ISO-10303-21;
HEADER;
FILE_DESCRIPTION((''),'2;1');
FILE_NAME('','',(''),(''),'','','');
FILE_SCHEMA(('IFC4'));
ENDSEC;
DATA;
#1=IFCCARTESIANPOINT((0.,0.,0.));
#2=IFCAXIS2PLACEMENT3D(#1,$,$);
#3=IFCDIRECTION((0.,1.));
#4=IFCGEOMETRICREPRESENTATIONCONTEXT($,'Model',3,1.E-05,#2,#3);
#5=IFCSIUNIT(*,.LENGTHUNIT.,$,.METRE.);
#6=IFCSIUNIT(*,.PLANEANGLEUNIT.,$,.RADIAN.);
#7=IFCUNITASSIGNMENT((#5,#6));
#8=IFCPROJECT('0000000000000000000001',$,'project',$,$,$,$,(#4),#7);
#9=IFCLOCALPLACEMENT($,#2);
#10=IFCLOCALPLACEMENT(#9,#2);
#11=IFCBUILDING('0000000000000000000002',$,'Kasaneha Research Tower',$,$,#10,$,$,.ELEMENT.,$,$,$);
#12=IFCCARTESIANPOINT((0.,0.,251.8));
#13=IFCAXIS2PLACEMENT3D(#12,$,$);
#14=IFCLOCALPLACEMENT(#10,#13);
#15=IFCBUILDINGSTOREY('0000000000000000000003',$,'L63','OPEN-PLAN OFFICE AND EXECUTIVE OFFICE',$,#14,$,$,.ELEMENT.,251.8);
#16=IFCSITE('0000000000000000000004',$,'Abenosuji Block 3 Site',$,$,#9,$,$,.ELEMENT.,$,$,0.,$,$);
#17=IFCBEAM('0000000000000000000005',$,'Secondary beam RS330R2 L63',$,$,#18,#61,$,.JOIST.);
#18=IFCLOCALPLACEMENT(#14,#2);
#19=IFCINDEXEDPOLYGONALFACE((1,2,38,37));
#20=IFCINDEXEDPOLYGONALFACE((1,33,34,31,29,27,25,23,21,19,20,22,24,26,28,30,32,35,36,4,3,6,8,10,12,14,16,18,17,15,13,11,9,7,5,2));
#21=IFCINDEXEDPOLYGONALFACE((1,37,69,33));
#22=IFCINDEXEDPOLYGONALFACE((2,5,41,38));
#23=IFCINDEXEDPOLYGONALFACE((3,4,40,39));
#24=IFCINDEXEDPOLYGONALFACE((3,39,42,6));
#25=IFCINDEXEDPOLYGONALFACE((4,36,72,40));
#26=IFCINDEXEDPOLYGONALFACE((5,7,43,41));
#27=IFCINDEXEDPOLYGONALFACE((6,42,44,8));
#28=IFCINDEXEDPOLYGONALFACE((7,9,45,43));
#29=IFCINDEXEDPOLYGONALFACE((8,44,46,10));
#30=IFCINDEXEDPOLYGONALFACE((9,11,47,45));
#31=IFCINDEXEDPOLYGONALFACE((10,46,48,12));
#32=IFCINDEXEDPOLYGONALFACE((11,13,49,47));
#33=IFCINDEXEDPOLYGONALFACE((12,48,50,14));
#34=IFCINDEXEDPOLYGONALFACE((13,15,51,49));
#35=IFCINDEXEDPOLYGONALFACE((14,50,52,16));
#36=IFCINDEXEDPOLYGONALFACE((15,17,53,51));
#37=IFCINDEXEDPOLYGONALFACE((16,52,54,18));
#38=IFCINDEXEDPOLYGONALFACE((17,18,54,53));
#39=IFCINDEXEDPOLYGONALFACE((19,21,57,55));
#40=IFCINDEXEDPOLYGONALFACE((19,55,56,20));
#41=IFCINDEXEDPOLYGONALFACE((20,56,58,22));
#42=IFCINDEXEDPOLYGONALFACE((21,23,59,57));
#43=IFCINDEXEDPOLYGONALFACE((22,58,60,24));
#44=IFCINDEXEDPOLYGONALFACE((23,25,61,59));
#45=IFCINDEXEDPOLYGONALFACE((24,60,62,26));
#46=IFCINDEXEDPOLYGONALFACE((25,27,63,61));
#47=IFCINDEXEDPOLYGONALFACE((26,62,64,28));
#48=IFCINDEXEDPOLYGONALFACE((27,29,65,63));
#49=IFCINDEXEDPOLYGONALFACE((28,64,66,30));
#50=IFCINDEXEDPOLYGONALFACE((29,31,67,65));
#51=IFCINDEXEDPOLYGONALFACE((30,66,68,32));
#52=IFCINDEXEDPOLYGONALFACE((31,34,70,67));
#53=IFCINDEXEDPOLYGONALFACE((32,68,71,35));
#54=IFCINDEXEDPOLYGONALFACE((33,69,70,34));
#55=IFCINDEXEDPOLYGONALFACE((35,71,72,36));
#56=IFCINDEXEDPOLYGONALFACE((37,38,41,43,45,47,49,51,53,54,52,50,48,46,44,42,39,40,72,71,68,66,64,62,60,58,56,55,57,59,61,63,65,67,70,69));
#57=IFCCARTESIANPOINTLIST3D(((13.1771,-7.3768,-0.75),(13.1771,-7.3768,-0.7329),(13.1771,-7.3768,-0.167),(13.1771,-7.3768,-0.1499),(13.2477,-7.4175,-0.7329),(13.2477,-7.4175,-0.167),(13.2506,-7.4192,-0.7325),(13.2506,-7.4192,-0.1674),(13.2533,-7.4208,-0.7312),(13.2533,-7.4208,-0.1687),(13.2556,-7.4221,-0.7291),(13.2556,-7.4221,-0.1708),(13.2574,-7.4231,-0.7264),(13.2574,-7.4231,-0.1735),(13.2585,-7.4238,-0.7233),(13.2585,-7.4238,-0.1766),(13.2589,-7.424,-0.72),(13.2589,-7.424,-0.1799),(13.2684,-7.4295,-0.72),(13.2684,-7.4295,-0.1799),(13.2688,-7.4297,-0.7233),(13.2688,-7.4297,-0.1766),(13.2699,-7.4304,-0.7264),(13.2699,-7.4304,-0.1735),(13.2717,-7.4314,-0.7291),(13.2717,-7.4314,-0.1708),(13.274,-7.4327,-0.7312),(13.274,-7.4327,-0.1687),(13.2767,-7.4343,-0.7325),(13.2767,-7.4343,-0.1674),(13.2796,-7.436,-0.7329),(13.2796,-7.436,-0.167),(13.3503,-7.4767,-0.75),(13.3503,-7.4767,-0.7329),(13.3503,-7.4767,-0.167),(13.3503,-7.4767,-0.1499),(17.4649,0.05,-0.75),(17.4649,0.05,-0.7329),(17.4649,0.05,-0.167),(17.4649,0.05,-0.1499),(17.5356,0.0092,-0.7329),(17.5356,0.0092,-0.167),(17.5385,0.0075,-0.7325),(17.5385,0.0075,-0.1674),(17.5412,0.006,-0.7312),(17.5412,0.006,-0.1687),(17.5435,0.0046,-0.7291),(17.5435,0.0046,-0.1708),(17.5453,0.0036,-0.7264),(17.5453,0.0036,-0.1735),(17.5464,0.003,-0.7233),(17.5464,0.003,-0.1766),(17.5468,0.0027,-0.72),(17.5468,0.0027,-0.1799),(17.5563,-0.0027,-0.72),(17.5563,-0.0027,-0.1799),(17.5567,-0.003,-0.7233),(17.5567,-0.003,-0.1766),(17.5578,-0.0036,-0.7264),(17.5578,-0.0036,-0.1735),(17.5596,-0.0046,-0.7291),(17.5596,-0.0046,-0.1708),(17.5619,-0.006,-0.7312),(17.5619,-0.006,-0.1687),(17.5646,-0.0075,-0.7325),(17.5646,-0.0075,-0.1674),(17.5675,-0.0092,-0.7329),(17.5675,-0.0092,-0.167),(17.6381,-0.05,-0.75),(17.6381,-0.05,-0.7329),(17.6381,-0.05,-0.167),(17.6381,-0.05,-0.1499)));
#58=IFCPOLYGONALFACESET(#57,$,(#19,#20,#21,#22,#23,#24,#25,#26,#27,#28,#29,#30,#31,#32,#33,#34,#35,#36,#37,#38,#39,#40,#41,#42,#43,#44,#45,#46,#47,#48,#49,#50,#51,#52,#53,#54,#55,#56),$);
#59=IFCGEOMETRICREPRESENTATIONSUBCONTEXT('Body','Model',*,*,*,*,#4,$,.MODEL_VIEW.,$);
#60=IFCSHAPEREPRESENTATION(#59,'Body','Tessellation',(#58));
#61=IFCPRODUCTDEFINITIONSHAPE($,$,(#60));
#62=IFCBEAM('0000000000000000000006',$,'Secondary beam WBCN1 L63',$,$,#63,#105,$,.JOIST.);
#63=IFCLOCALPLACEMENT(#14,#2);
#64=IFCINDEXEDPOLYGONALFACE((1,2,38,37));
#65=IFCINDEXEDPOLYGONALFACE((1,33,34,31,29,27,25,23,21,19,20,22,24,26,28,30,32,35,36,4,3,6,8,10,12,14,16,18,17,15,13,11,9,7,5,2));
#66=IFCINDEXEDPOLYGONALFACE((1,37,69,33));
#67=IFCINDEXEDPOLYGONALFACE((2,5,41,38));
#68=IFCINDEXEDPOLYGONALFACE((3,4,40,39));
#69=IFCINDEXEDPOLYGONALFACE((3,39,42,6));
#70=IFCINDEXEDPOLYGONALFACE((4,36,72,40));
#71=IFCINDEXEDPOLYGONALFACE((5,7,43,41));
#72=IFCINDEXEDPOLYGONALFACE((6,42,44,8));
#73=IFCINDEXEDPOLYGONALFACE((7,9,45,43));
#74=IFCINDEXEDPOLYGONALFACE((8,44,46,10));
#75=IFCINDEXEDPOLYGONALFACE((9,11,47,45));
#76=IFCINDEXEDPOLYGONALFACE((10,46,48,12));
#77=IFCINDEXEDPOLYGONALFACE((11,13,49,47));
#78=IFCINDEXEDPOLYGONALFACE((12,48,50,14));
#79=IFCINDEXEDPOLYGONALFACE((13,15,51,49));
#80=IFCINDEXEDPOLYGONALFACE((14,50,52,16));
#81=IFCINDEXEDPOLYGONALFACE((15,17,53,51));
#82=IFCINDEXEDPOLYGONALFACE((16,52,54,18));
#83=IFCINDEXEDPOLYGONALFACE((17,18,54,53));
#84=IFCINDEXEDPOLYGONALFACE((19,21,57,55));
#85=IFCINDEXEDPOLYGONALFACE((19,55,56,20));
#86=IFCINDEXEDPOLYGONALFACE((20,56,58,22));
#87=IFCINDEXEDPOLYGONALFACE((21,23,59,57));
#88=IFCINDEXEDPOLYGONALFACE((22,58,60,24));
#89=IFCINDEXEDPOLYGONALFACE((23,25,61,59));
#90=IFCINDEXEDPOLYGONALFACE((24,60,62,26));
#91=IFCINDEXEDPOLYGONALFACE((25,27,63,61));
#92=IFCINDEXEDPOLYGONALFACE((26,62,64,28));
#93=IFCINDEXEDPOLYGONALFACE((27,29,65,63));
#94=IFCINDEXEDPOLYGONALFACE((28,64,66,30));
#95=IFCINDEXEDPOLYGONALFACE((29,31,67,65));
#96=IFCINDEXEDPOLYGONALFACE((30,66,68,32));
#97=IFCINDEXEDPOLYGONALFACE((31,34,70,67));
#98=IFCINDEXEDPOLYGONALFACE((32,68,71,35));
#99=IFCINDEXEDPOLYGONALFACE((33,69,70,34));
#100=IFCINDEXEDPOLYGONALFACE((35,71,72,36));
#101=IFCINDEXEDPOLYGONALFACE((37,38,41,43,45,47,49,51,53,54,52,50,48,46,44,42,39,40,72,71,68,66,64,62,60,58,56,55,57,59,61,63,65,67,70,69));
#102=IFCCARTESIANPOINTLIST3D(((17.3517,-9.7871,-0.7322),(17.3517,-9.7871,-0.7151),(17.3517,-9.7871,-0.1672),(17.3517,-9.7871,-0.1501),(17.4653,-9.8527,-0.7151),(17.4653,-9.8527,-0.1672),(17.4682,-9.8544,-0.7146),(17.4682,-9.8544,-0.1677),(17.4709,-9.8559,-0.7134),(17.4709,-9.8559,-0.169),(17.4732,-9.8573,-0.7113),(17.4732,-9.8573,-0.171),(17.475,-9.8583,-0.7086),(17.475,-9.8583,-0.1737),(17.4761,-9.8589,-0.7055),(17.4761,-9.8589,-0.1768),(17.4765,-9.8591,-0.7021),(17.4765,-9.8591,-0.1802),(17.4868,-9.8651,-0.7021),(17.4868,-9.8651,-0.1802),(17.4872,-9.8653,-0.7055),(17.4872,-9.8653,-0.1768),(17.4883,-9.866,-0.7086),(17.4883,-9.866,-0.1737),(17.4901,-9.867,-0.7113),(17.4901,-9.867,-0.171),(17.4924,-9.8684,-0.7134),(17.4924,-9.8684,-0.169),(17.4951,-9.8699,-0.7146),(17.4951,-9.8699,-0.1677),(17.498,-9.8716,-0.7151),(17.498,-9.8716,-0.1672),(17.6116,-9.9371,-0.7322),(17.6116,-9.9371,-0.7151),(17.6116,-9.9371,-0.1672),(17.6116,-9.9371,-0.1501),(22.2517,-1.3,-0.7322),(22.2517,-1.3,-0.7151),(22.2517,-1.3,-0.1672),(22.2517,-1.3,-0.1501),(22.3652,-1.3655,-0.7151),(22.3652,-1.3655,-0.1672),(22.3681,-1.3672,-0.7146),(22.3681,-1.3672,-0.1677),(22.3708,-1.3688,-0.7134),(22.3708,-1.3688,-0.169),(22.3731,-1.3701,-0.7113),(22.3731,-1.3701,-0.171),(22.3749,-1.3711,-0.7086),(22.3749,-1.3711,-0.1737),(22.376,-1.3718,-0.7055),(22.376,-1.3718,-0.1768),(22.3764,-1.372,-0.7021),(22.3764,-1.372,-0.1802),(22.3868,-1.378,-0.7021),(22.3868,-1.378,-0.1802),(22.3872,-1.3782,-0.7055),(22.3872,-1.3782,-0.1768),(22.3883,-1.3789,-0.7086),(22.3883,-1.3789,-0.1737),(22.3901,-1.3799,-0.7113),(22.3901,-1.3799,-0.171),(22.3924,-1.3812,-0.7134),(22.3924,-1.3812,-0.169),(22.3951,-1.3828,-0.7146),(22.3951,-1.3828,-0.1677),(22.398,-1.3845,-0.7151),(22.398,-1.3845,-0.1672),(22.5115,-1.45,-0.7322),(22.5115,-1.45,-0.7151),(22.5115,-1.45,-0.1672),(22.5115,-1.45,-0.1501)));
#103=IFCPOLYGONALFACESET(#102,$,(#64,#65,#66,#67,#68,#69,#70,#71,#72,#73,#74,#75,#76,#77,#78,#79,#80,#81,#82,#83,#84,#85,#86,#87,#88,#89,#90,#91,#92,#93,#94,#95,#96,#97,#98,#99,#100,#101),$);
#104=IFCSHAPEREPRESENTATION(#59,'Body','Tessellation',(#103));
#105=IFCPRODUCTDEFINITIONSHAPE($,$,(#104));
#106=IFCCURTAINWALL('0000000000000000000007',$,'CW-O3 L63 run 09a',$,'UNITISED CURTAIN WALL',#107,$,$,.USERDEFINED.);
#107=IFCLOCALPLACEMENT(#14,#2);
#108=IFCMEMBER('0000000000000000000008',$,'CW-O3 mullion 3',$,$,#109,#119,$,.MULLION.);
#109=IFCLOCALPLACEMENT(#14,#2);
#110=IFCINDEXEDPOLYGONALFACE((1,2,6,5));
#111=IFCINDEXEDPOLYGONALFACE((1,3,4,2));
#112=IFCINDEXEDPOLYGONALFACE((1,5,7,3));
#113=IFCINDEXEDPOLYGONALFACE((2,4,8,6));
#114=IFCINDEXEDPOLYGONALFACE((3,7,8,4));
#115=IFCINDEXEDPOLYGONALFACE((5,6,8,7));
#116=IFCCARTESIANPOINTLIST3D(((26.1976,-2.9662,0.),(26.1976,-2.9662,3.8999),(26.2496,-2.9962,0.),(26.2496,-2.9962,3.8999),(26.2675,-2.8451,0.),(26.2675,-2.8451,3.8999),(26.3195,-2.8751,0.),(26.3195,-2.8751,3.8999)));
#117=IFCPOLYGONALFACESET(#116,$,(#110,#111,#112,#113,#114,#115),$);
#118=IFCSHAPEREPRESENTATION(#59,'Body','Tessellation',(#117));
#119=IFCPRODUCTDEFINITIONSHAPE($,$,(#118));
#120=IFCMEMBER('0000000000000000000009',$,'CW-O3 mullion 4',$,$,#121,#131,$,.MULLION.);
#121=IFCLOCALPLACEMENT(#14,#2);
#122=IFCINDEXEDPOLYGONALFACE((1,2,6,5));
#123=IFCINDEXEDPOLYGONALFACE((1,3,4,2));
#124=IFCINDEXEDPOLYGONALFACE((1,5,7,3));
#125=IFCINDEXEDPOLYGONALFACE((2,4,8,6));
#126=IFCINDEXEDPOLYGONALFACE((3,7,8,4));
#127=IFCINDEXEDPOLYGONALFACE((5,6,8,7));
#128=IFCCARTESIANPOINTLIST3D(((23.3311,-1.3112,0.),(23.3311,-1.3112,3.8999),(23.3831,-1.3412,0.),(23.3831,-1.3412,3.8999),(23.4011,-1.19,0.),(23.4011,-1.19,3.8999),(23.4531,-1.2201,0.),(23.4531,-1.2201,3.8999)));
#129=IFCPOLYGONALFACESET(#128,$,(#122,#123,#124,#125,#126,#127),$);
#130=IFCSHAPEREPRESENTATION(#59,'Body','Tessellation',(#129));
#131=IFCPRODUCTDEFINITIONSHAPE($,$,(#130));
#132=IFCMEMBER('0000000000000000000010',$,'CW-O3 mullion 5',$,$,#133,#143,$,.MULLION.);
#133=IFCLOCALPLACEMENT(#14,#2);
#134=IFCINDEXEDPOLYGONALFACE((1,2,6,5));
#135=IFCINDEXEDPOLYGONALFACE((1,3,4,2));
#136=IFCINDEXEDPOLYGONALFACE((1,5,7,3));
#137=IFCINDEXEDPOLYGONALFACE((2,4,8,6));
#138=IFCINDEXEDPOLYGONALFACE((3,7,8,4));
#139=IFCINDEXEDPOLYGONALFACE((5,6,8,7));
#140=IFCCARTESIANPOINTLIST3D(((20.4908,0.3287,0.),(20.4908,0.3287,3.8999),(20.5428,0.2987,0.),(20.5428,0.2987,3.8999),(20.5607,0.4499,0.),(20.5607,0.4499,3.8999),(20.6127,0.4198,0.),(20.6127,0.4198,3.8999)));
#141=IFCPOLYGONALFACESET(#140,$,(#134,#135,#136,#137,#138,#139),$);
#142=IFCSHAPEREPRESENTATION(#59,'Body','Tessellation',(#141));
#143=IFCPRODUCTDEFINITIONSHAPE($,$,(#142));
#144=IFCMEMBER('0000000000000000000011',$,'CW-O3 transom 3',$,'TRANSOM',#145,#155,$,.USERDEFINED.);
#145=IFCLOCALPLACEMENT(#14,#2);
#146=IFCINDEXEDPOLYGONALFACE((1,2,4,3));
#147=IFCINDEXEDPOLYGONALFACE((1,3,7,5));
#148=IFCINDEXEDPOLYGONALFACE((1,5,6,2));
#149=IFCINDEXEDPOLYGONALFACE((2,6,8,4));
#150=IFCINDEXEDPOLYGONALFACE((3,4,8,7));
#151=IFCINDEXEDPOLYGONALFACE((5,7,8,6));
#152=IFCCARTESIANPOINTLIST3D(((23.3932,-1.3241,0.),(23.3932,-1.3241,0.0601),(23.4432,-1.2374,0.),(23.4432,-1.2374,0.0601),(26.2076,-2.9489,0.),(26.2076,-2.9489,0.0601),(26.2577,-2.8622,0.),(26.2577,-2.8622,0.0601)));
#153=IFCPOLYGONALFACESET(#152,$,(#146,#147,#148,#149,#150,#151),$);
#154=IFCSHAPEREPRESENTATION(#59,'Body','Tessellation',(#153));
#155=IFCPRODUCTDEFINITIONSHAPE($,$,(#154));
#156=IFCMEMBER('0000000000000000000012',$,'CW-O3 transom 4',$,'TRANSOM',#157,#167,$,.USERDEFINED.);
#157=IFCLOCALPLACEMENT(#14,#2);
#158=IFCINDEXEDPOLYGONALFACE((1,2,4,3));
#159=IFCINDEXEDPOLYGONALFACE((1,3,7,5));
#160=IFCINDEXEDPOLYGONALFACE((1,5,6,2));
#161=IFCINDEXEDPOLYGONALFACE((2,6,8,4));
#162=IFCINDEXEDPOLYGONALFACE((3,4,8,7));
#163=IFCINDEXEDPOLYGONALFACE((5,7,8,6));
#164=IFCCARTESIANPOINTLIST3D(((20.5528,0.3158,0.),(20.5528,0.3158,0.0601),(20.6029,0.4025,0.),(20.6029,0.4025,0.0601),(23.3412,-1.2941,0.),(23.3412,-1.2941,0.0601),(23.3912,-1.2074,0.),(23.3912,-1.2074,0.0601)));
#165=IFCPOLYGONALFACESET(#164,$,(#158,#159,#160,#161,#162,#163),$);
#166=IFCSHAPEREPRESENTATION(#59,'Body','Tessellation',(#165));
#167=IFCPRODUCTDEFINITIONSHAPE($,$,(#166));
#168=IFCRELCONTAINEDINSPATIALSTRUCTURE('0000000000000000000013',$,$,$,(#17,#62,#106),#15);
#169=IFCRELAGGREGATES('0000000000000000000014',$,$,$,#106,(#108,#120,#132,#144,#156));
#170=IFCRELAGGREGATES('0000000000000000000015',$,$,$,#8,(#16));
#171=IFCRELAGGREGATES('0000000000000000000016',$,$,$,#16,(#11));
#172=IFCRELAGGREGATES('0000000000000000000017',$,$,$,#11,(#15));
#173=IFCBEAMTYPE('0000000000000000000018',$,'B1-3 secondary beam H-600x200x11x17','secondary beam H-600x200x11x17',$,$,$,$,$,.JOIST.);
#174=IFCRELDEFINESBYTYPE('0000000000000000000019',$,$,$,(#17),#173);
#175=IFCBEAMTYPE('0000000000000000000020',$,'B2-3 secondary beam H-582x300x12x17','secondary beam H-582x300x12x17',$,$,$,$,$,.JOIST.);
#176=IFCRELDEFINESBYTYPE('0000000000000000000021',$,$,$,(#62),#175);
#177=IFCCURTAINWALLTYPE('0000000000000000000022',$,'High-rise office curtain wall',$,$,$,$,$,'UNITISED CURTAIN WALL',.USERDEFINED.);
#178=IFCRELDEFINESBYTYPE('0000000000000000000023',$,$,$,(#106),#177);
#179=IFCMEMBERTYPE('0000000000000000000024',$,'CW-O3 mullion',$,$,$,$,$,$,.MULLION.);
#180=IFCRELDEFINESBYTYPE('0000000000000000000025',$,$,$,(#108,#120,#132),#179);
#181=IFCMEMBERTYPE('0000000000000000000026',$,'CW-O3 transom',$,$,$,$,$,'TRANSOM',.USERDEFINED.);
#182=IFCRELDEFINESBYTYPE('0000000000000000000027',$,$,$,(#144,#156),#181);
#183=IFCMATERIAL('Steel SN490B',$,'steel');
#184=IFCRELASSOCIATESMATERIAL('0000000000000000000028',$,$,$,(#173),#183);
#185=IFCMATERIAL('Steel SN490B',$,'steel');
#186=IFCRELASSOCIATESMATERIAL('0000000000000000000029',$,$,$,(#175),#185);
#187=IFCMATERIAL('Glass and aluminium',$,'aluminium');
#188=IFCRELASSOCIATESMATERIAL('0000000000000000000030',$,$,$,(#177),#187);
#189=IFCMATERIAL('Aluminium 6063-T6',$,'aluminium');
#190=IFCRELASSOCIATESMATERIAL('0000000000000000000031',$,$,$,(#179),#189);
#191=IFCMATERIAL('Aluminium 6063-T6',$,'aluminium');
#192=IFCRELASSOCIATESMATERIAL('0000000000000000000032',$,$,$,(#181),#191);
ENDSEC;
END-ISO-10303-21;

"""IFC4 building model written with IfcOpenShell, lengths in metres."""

from ifc_helpers import new_model, si_unit, direction, frame, origin, origin_2d, place, context, subcontext, project, spatial, rectangle, i_section, extrude, material, material_profile, profile_set, type_object, element, aggregate, save


model = new_model("IFC4")

# Units and contexts
model_context = context("Model", 3, precision=1e-05, world=origin(), true_north=direction((0.0, 1.0)))
body_context = subcontext(model_context, "Body", "Model", "MODEL_VIEW")
ifc_project = project(units=[si_unit("LENGTHUNIT", "METRE"), si_unit("PLANEANGLEUNIT", "RADIAN")], contexts=[model_context])

# Site, building, storey
site_placement = place(None, origin())
site = spatial("IfcSite", under=ifc_project, at=site_placement, Name="Abenosuji Block 3 Site", CompositionType="ELEMENT", RefElevation=0.0)
building_placement = place(site_placement, origin())
building = spatial("IfcBuilding", under=site, at=building_placement, Name="Kasaneha Research Tower", CompositionType="ELEMENT")
storey_placement = place(building_placement, frame((0.0, 0.0, 251.8)))
storey = spatial("IfcBuildingStorey", under=building, at=storey_placement, Name="L63", Description="OPEN-PLAN OFFICE AND EXECUTIVE OFFICE", CompositionType="ELEMENT", Elevation=251.8)

# Beams
ifc_material_1 = material(Name="Steel SN490B", Category="steel")
ifc_material_profile_1 = material_profile(ifc_material_1, i_section(OverallWidth=0.2, OverallDepth=0.6001, WebThickness=0.011, FlangeThickness=0.0171, FilletRadius=0.0129, at=origin_2d()), Name="H-600x200x11x17")
ifc_profile_set_1 = profile_set([ifc_material_profile_1], Name="Steel SN490B")
beam_type_1 = type_object("IfcBeamType", Name="B1-3 secondary beam H-600x200x11x17", Description="secondary beam H-600x200x11x17", PredefinedType="JOIST", material=ifc_profile_set_1)
beam_1_placement = place(storey_placement, frame((17.5515, 0.0, -0.45), z_axis=(-0.5, -0.866025, 0.0), x_axis=(0.866025, -0.5, 0.0)))
element("IfcBeam", 1, at=beam_1_placement, inside=storey, type_object=beam_type_1, Name="Secondary beam RS330R2 L63", PredefinedType="JOIST", context=body_context, shape_type="SweptSolid", body=[
    extrude(i_section(OverallWidth=0.2, OverallDepth=0.6001, WebThickness=0.011, FlangeThickness=0.0171, FilletRadius=0.0129, at=origin_2d()), origin(), (0.0, 0.0, 1.0), 8.5757),
])
ifc_material_2 = material(Name="Steel SN490B", Category="steel")
ifc_material_profile_2 = material_profile(ifc_material_2, i_section(OverallWidth=0.3, OverallDepth=0.582, WebThickness=0.012, FlangeThickness=0.0171, FilletRadius=0.0129, at=origin_2d()), Name="H-582x300x12x17")
ifc_profile_set_2 = profile_set([ifc_material_profile_2], Name="Steel SN490B")
beam_type_2 = type_object("IfcBeamType", Name="B2-3 secondary beam H-582x300x12x17", Description="secondary beam H-582x300x12x17", PredefinedType="JOIST", material=ifc_profile_set_2)
beam_2_placement = place(storey_placement, frame((22.3816, -1.375, -0.4412), z_axis=(-0.499992, -0.86603, 0.0), x_axis=(0.86603, -0.499992, 0.0)))
element("IfcBeam", 2, at=beam_2_placement, inside=storey, type_object=beam_type_2, Name="Secondary beam WBCN1 L63", PredefinedType="JOIST", context=body_context, shape_type="SweptSolid", body=[
    extrude(i_section(OverallWidth=0.3, OverallDepth=0.582, WebThickness=0.012, FlangeThickness=0.0171, FilletRadius=0.0129, at=origin_2d()), origin(), (0.0, 0.0, 1.0), 9.8),
])

# Curtain wall, members
ifc_material_3 = material(Name="Glass and aluminium", Category="aluminium")
curtain_wall_type = type_object("IfcCurtainWallType", Name="High-rise office curtain wall", ElementType="UNITISED CURTAIN WALL", PredefinedType="USERDEFINED", material=ifc_material_3)
curtain_wall_placement = place(storey_placement, origin())
curtain_wall = element("IfcCurtainWall", 3, at=curtain_wall_placement, inside=storey, type_object=curtain_wall_type, Name="CW-O3 L63 run 09a", ObjectType="UNITISED CURTAIN WALL", PredefinedType="USERDEFINED")
ifc_material_4 = material(Name="Aluminium 6063-T6", Category="aluminium")
ifc_material_profile_3 = material_profile(ifc_material_4, rectangle(XDim=0.0601, YDim=0.1399, at=origin_2d()), Name="CW-O3 mullion 60x140")
ifc_profile_set_3 = profile_set([ifc_material_profile_3], Name="Aluminium 6063-T6")
member_type_1 = type_object("IfcMemberType", Name="CW-O3 mullion", PredefinedType="MULLION", material=ifc_profile_set_3)
member_1_placement = place(storey_placement, frame((26.2585, -2.9207, 0.0), z_axis=(0.0, 0.0, 1.0), x_axis=(-0.866025, 0.5, 0.0)))
member_1 = element("IfcMember", 4, at=member_1_placement, type_object=member_type_1, Name="CW-O3 mullion 3", PredefinedType="MULLION", context=body_context, shape_type="SweptSolid", body=[
    extrude(rectangle(XDim=0.0601, YDim=0.1399, at=origin_2d()), origin(), (0.0, 0.0, 1.0), 3.8999),
])
member_2_placement = place(storey_placement, frame((23.3921, -1.2656, 0.0), z_axis=(0.0, 0.0, 1.0), x_axis=(-0.866025, 0.5, 0.0)))
member_2 = element("IfcMember", 5, at=member_2_placement, type_object=member_type_1, Name="CW-O3 mullion 4", PredefinedType="MULLION", context=body_context, shape_type="SweptSolid", body=[
    extrude(rectangle(XDim=0.0601, YDim=0.1399, at=origin_2d()), origin(), (0.0, 0.0, 1.0), 3.8999),
])
member_3_placement = place(storey_placement, frame((20.5518, 0.3743, 0.0), z_axis=(0.0, 0.0, 1.0), x_axis=(-0.866025, 0.5, 0.0)))
member_3 = element("IfcMember", 6, at=member_3_placement, type_object=member_type_1, Name="CW-O3 mullion 5", PredefinedType="MULLION", context=body_context, shape_type="SweptSolid", body=[
    extrude(rectangle(XDim=0.0601, YDim=0.1399, at=origin_2d()), origin(), (0.0, 0.0, 1.0), 3.8999),
])
ifc_material_5 = material(Name="Aluminium 6063-T6", Category="aluminium")
ifc_material_profile_4 = material_profile(ifc_material_5, rectangle(XDim=0.1001, YDim=0.0601, at=origin_2d()), Name="CW-O3 transom 100x60")
ifc_profile_set_4 = profile_set([ifc_material_profile_4], Name="Aluminium 6063-T6")
member_type_2 = type_object("IfcMemberType", Name="CW-O3 transom", ElementType="TRANSOM", PredefinedType="USERDEFINED", material=ifc_profile_set_4)
member_4_placement = place(storey_placement, frame((26.2327, -2.9055, 0.03), z_axis=(-0.866048, 0.499961, 0.0), x_axis=(-0.499961, -0.866048, 0.0)))
member_4 = element("IfcMember", 7, at=member_4_placement, type_object=member_type_2, Name="CW-O3 transom 3", ObjectType="TRANSOM", PredefinedType="USERDEFINED", context=body_context, shape_type="SweptSolid", body=[
    extrude(rectangle(XDim=0.1001, YDim=0.0601, at=origin_2d()), origin(), (0.0, 0.0, 1.0), 3.2498),
])
member_5_placement = place(storey_placement, frame((23.3662, -1.2507, 0.03), z_axis=(-0.866023, 0.500005, 0.0), x_axis=(-0.500005, -0.866023, 0.0)))
member_5 = element("IfcMember", 8, at=member_5_placement, type_object=member_type_2, Name="CW-O3 transom 4", ObjectType="TRANSOM", PredefinedType="USERDEFINED", context=body_context, shape_type="SweptSolid", body=[
    extrude(rectangle(XDim=0.1001, YDim=0.0601, at=origin_2d()), origin(), (0.0, 0.0, 1.0), 3.2197),
])

aggregate(curtain_wall, [member_1, member_2, member_3, member_4, member_5])

save(model, "model.ifc")
